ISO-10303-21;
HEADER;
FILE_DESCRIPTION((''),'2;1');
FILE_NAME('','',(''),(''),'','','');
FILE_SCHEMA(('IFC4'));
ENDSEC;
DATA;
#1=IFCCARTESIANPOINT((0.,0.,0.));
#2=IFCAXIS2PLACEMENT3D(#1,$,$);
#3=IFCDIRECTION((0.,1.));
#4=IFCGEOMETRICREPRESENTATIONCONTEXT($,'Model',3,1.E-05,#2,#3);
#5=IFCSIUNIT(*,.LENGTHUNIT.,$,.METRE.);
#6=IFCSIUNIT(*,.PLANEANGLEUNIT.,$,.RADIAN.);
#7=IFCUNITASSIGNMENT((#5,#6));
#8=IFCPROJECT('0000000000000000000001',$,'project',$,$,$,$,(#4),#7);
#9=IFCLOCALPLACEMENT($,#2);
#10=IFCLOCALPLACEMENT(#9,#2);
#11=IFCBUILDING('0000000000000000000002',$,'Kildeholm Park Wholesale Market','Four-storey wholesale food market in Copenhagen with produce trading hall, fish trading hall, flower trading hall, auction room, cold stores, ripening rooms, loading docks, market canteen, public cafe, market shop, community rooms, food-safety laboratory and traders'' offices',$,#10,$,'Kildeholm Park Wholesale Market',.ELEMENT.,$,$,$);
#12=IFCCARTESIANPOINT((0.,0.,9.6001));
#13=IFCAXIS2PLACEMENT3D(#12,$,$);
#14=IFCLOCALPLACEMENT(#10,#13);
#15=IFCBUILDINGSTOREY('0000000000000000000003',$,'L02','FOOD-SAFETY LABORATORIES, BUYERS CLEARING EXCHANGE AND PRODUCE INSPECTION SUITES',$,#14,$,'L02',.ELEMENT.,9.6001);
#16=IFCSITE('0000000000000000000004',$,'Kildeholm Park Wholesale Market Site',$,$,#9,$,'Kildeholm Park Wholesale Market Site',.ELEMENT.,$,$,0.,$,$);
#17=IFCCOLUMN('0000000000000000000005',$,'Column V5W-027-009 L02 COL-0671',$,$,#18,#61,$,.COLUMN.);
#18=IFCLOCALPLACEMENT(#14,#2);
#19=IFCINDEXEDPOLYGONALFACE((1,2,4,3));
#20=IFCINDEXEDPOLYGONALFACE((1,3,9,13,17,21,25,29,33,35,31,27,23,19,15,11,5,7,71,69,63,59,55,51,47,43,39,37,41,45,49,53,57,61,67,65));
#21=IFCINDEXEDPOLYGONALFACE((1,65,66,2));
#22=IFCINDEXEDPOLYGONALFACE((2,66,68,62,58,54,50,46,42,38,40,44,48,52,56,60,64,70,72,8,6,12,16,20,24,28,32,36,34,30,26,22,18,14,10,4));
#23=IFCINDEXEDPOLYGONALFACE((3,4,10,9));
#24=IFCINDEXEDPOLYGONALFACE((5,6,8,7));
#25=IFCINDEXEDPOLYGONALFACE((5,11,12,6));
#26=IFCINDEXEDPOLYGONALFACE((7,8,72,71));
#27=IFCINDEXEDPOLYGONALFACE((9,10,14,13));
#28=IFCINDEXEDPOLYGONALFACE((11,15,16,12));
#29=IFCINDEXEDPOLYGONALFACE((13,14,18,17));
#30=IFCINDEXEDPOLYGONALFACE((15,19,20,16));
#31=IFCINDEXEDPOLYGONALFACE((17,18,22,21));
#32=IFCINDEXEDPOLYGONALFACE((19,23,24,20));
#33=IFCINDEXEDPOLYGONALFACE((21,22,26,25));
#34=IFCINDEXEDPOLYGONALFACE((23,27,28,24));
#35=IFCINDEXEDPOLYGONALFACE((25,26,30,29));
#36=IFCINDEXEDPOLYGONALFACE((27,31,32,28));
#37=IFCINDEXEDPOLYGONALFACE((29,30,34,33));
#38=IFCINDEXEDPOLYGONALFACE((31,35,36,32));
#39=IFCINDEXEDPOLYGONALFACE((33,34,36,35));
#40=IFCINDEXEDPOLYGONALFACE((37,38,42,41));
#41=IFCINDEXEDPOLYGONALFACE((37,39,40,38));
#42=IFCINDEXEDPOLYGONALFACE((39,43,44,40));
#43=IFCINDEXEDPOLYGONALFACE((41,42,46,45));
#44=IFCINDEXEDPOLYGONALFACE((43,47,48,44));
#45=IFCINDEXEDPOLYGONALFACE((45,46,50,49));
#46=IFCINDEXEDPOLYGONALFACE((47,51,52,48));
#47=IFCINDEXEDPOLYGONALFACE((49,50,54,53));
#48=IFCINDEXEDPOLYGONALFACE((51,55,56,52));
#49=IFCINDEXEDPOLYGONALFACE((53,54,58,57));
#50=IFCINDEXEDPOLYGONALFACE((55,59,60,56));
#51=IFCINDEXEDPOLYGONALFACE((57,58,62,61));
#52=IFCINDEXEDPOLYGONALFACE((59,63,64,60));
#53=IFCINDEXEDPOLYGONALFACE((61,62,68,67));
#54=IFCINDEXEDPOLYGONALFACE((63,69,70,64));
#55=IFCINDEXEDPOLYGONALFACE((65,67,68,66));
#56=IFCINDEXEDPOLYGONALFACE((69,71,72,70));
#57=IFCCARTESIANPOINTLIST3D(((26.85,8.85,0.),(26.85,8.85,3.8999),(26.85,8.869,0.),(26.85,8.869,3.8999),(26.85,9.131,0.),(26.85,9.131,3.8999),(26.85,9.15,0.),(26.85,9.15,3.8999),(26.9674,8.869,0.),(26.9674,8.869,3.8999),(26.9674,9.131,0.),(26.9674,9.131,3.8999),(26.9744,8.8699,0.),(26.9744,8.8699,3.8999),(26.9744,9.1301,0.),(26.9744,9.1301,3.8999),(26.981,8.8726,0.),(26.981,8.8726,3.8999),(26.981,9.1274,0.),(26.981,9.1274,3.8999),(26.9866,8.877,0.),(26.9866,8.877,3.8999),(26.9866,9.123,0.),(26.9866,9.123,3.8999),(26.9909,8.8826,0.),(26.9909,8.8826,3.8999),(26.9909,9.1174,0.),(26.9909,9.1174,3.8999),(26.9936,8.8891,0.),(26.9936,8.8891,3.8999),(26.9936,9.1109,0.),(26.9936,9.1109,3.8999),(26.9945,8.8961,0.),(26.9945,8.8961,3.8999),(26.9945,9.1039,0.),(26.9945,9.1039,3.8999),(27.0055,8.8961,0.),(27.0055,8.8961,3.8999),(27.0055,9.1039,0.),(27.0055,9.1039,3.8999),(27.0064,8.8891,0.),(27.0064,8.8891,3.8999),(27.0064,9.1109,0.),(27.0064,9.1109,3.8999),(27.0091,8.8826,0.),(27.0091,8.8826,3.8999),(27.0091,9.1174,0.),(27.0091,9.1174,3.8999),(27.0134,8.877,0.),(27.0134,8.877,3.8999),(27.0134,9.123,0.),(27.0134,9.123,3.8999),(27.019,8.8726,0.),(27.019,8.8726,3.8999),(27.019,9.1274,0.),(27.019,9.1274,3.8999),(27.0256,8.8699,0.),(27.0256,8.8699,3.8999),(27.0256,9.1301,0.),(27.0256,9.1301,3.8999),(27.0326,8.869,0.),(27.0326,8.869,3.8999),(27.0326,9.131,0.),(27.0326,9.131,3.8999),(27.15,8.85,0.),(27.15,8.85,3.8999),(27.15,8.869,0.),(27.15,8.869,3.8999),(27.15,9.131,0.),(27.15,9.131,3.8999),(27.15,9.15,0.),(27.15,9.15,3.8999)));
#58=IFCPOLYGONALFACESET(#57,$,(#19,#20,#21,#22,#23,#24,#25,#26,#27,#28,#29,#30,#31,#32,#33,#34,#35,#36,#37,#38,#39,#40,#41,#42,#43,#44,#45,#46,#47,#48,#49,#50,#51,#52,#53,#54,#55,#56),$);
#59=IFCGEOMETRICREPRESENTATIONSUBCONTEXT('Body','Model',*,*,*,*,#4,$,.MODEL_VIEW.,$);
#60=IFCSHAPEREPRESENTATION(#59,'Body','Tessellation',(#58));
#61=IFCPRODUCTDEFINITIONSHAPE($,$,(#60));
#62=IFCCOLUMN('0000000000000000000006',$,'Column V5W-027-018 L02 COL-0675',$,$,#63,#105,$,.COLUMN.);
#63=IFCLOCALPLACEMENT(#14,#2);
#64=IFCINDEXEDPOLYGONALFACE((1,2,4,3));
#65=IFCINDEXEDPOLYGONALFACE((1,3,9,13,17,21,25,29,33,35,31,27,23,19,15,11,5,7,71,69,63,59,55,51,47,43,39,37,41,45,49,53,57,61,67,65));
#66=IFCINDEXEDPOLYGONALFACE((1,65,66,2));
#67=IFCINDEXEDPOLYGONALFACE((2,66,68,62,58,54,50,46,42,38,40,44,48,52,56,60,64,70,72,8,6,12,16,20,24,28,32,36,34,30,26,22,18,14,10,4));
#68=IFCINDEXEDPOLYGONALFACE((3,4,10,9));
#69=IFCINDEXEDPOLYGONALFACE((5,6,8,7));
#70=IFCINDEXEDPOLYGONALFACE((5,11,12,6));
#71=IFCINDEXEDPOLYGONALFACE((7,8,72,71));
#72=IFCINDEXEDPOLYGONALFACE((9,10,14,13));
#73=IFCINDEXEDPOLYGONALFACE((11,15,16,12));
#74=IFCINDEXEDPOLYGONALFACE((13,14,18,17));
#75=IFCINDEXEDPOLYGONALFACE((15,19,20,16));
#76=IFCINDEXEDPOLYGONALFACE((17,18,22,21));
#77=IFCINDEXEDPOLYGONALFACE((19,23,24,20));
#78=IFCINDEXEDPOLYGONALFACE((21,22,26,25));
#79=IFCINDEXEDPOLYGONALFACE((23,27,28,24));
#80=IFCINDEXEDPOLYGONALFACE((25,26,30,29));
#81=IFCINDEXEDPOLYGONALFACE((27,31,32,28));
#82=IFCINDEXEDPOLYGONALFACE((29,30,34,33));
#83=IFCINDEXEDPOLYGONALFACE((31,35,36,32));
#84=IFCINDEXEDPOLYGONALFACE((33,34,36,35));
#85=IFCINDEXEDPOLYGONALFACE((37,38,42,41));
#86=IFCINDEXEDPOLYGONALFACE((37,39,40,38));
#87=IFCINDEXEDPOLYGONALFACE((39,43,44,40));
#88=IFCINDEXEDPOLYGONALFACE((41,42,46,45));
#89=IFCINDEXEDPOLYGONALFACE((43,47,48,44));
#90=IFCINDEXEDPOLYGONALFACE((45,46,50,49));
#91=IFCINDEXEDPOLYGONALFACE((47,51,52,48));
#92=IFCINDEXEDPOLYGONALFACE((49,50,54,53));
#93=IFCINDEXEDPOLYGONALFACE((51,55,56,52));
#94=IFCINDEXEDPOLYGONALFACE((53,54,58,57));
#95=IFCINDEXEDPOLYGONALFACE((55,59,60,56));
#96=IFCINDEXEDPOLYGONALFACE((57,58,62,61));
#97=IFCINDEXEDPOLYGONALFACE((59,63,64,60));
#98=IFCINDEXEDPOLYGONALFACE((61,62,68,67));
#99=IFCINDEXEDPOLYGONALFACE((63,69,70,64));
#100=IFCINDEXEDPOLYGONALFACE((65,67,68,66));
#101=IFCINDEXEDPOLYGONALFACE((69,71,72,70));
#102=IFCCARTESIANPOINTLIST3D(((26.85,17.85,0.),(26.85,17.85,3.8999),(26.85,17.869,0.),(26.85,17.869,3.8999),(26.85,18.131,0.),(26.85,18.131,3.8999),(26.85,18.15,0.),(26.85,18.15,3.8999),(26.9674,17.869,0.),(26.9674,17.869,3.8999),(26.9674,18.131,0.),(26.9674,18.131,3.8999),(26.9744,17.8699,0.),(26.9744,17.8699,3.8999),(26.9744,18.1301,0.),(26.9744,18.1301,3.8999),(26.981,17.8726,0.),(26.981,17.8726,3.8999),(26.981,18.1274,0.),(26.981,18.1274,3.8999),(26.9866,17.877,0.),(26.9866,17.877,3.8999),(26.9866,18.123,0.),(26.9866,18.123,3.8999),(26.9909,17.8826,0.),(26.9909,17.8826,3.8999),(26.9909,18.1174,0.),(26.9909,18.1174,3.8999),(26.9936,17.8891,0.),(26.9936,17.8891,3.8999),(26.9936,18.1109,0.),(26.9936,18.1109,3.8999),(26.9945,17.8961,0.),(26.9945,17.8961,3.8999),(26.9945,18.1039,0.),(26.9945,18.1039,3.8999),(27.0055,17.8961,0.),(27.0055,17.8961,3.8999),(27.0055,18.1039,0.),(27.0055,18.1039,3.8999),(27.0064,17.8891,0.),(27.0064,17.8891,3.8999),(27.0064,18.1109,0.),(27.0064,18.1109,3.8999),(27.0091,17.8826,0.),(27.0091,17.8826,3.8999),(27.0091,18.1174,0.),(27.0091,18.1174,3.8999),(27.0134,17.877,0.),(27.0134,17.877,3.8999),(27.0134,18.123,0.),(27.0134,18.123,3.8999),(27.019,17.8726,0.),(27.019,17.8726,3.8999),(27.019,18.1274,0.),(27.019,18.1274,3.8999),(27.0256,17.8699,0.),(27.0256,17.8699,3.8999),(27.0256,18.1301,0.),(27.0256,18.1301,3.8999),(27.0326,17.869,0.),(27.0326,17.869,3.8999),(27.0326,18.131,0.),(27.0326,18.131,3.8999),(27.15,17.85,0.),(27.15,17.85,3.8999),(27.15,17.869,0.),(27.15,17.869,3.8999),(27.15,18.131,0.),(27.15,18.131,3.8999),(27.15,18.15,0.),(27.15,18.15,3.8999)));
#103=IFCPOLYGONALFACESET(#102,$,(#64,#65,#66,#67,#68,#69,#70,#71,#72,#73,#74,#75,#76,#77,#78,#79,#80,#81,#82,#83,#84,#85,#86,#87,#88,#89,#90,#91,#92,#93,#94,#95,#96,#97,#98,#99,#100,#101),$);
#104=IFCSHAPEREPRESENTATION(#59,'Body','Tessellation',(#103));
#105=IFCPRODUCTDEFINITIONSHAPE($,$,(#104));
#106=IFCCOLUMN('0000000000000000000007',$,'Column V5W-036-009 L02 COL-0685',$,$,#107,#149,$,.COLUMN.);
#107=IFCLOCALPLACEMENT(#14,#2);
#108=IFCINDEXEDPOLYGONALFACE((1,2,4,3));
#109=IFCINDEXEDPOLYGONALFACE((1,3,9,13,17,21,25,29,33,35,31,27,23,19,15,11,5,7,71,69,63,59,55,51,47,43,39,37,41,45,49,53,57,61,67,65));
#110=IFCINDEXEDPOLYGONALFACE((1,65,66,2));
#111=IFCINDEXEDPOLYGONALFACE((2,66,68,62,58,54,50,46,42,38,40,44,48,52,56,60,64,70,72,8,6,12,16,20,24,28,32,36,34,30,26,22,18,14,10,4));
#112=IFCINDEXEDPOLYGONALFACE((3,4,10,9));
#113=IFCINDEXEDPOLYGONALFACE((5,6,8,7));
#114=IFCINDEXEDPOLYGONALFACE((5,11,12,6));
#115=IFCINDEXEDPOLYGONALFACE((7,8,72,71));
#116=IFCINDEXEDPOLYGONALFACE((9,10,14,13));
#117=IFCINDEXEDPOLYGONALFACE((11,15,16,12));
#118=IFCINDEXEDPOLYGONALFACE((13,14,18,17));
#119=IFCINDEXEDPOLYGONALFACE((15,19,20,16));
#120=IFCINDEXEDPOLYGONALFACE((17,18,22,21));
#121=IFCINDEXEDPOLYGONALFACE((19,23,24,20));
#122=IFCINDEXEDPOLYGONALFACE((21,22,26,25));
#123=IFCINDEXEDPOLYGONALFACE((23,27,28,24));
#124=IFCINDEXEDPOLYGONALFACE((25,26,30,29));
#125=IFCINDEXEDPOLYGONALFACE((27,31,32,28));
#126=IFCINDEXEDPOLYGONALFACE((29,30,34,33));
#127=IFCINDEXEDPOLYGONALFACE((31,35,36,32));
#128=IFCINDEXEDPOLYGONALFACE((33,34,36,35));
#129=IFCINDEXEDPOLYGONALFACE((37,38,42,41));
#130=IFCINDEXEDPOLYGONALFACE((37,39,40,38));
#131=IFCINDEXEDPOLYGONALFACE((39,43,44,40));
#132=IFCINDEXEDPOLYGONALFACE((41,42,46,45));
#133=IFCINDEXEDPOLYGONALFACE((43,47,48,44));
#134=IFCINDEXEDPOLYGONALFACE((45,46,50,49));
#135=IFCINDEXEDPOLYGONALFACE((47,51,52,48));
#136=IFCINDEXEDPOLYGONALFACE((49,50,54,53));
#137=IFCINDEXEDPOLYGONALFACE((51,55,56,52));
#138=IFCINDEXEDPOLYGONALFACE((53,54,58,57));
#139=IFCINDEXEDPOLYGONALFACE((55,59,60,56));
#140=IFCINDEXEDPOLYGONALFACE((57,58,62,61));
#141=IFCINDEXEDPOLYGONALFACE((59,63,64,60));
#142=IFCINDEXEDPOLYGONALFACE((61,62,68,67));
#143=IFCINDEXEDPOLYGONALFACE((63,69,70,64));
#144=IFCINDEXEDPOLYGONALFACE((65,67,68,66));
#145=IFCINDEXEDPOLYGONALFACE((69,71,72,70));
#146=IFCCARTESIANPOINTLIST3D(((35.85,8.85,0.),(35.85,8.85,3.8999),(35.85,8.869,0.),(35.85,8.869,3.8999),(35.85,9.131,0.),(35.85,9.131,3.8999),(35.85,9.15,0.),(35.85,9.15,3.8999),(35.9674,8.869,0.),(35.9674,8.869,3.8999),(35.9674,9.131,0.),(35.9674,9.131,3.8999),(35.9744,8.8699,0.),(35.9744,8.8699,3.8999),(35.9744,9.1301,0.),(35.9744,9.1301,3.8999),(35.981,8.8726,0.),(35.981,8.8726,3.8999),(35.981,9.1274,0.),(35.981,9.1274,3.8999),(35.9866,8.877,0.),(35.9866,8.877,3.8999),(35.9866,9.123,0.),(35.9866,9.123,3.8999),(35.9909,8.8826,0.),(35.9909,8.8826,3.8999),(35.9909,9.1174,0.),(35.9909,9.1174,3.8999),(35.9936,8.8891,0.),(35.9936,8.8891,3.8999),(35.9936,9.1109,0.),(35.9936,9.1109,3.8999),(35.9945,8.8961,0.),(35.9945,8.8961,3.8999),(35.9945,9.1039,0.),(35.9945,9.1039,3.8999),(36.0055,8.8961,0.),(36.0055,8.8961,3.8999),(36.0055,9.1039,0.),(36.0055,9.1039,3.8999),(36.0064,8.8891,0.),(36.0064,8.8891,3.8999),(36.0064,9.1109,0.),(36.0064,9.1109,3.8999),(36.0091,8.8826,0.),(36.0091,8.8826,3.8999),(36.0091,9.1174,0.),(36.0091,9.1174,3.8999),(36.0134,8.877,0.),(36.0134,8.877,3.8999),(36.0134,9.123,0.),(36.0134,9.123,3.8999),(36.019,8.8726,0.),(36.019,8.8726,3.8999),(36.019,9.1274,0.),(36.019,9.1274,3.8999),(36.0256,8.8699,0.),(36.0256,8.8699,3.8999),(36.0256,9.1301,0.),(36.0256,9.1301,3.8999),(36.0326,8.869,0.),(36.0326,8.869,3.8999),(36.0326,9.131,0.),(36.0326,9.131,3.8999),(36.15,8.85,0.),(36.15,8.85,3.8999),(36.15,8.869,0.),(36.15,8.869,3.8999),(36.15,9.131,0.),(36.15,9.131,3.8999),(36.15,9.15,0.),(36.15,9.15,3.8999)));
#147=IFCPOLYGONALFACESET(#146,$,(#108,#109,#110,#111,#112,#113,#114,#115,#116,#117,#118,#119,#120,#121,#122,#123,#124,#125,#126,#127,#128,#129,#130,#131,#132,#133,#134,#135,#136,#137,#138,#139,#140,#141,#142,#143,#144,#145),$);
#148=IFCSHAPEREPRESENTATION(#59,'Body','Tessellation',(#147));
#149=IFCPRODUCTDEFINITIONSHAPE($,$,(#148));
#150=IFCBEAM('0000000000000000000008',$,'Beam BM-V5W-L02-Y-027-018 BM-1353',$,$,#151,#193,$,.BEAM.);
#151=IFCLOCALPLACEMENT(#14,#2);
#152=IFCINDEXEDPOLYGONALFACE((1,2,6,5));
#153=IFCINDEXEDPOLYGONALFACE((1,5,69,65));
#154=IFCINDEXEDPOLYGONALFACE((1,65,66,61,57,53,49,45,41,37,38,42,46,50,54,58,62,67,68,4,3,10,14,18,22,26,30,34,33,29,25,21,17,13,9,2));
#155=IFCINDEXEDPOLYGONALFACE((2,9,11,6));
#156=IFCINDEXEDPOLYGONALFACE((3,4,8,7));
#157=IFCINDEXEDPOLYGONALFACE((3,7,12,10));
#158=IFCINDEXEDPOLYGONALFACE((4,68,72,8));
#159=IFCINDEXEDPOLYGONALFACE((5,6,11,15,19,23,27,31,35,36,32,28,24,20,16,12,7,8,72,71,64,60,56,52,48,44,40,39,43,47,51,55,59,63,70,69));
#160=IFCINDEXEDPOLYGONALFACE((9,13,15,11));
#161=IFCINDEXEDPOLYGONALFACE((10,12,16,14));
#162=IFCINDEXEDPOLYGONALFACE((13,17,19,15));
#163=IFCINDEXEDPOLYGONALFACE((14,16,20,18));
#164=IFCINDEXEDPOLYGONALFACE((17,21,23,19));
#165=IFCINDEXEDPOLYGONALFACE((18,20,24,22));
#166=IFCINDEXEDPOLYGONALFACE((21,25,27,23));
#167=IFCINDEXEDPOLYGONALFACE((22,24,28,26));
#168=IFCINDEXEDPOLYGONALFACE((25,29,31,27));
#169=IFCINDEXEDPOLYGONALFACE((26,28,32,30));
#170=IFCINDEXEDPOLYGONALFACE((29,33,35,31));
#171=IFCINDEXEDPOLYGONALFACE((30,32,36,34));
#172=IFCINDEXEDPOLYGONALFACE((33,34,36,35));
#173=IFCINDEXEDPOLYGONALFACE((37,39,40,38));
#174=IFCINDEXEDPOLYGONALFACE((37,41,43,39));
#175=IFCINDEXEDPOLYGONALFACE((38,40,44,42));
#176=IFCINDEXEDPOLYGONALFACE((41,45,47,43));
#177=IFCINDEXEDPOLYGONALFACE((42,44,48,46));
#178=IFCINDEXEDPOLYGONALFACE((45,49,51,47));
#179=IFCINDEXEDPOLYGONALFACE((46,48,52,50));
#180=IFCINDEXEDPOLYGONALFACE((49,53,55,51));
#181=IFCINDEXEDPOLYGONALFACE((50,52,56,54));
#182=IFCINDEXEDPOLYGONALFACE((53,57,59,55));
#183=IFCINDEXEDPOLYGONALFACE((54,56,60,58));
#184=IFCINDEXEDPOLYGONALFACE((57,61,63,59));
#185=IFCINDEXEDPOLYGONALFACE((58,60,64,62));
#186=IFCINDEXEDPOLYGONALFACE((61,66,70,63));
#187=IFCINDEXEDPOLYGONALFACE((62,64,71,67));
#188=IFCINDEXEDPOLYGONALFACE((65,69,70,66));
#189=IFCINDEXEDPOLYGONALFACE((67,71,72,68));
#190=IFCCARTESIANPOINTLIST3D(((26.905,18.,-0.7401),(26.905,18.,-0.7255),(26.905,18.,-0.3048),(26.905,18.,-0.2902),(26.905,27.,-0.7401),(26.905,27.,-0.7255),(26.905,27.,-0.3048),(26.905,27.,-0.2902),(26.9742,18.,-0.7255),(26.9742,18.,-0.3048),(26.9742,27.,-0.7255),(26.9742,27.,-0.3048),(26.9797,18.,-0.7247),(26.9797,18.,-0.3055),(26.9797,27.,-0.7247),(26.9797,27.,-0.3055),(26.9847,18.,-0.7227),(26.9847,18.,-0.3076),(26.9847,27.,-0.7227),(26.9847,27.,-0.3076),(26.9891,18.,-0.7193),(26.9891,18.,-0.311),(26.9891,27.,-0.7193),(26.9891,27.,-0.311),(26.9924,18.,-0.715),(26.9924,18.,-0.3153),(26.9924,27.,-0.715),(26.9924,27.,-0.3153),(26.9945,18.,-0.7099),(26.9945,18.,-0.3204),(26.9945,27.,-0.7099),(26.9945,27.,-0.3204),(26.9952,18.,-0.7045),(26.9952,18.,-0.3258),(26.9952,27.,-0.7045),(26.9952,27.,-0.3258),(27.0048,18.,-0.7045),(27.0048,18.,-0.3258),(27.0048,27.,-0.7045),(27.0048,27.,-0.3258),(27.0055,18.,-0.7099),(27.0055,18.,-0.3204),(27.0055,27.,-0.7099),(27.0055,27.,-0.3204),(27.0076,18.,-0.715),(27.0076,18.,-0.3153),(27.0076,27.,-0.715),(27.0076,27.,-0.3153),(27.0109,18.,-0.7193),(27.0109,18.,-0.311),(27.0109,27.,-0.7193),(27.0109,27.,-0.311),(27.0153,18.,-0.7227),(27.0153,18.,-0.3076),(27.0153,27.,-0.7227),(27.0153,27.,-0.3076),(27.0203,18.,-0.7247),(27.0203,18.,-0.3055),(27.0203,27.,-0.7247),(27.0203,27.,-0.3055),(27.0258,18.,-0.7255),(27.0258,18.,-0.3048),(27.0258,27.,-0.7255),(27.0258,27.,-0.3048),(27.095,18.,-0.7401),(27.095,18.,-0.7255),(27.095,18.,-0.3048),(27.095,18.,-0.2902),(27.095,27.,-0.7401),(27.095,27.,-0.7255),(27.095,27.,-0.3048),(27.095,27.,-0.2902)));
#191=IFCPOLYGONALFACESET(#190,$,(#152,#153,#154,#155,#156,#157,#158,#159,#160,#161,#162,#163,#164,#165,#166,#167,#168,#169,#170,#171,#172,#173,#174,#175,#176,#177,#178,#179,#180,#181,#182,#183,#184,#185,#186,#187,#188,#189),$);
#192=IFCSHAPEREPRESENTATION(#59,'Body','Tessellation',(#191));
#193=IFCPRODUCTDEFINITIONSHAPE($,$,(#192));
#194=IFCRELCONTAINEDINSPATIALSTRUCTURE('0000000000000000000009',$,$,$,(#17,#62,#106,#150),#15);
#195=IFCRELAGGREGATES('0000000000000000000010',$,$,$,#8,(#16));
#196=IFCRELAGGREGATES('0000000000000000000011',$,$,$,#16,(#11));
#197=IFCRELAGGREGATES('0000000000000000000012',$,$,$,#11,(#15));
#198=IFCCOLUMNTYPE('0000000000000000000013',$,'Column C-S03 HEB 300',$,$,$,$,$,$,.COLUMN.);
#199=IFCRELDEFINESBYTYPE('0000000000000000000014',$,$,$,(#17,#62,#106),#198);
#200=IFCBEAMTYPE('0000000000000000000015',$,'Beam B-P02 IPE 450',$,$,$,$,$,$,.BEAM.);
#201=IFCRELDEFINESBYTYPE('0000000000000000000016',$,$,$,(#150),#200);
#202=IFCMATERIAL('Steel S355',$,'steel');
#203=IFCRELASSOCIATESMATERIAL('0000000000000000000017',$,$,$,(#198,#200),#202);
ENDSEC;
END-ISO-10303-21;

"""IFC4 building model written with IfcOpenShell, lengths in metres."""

from ifc_helpers import new_model, si_unit, direction, frame, origin, origin_2d, place, context, subcontext, project, spatial, i_section, extrude, material, material_profile, profile_set, type_object, element, save


model = new_model("IFC4")

# Units and contexts
model_context = context("Model", 3, precision=1e-05, world=origin(), true_north=direction((0.0, 1.0)))
body_context = subcontext(model_context, "Body", "Model", "MODEL_VIEW")
ifc_project = project(units=[si_unit("LENGTHUNIT", "METRE"), si_unit("PLANEANGLEUNIT", "RADIAN")], contexts=[model_context])

# Site, building, storey
site_placement = place(None, origin())
site = spatial("IfcSite", under=ifc_project, at=site_placement, Name="Kildeholm Park Wholesale Market Site", LongName="Kildeholm Park Wholesale Market Site", CompositionType="ELEMENT", RefElevation=0.0)
building_placement = place(site_placement, origin())
building = spatial("IfcBuilding", under=site, at=building_placement, Name="Kildeholm Park Wholesale Market", Description="Four-storey wholesale food market in Copenhagen with produce trading hall, fish trading hall, flower trading hall, auction room, cold stores, ripening rooms, loading docks, market canteen, public cafe, market shop, community rooms, food-safety laboratory and traders' offices", LongName="Kildeholm Park Wholesale Market", CompositionType="ELEMENT")
storey_placement = place(building_placement, frame((0.0, 0.0, 9.6001)))
storey = spatial("IfcBuildingStorey", under=building, at=storey_placement, Name="L02", Description="FOOD-SAFETY LABORATORIES, BUYERS CLEARING EXCHANGE AND PRODUCE INSPECTION SUITES", LongName="L02", CompositionType="ELEMENT", Elevation=9.6001)

# Columns
ifc_material_1 = material(Name="Steel S355", Category="steel")
ifc_material_profile_1 = material_profile(ifc_material_1, i_section(OverallWidth=0.3, OverallDepth=0.3, WebThickness=0.011, FlangeThickness=0.019, FilletRadius=0.0271, at=origin_2d()), Name="HEB 300")
ifc_profile_set_1 = profile_set([ifc_material_profile_1], Name="Steel S355")
column_type = type_object("IfcColumnType", Name="Column C-S03 HEB 300", PredefinedType="COLUMN", material=ifc_profile_set_1)
for number, where, z_axis, x_axis, name in (
    (1, (27.0, 9.0, 0.0), (0.0, 0.0, 1.0), (1.0, 0.0, 0.0), "Column V5W-027-009 L02 COL-0671"),
    (2, (27.0, 18.0, 0.0), (0.0, 0.0, 1.0), (1.0, 0.0, 0.0), "Column V5W-027-018 L02 COL-0675"),
    (3, (36.0, 9.0, 0.0), (0.0, 0.0, 1.0), (1.0, 0.0, 0.0), "Column V5W-036-009 L02 COL-0685"),
):
    element("IfcColumn", number, at=place(storey_placement, frame(where, z_axis=z_axis, x_axis=x_axis)), inside=storey, type_object=column_type, Name=name, PredefinedType="COLUMN", context=body_context, shape_type="SweptSolid", body=[
        extrude(i_section(OverallWidth=0.3, OverallDepth=0.3, WebThickness=0.011, FlangeThickness=0.019, FilletRadius=0.0271, at=origin_2d()), origin(), (0.0, 0.0, 1.0), 3.8999),
    ])

# Beam
ifc_material_profile_2 = material_profile(ifc_material_1, i_section(OverallWidth=0.1899, OverallDepth=0.45, WebThickness=0.0095, FlangeThickness=0.0146, FilletRadius=0.021, at=origin_2d()), Name="IPE 450")
ifc_profile_set_2 = profile_set([ifc_material_profile_2], Name="Steel S355")
beam_type_1 = type_object("IfcBeamType", Name="Beam B-P02 IPE 450", PredefinedType="BEAM", material=ifc_profile_set_2)
for number, where, z_axis, x_axis, name in (
    (4, (27.0, 18.0, -0.5151), (0.0, 1.0, 0.0), (-1.0, 0.0, 0.0), "Beam BM-V5W-L02-Y-027-018 BM-1353"),
):
    element("IfcBeam", number, at=place(storey_placement, frame(where, z_axis=z_axis, x_axis=x_axis)), inside=storey, type_object=beam_type_1, Name=name, PredefinedType="BEAM", context=body_context, shape_type="SweptSolid", body=[
        extrude(i_section(OverallWidth=0.1899, OverallDepth=0.45, WebThickness=0.0095, FlangeThickness=0.0146, FilletRadius=0.021, at=origin_2d()), origin(), (0.0, 0.0, 1.0), 9.0),
    ])

save(model, "model.ifc")
